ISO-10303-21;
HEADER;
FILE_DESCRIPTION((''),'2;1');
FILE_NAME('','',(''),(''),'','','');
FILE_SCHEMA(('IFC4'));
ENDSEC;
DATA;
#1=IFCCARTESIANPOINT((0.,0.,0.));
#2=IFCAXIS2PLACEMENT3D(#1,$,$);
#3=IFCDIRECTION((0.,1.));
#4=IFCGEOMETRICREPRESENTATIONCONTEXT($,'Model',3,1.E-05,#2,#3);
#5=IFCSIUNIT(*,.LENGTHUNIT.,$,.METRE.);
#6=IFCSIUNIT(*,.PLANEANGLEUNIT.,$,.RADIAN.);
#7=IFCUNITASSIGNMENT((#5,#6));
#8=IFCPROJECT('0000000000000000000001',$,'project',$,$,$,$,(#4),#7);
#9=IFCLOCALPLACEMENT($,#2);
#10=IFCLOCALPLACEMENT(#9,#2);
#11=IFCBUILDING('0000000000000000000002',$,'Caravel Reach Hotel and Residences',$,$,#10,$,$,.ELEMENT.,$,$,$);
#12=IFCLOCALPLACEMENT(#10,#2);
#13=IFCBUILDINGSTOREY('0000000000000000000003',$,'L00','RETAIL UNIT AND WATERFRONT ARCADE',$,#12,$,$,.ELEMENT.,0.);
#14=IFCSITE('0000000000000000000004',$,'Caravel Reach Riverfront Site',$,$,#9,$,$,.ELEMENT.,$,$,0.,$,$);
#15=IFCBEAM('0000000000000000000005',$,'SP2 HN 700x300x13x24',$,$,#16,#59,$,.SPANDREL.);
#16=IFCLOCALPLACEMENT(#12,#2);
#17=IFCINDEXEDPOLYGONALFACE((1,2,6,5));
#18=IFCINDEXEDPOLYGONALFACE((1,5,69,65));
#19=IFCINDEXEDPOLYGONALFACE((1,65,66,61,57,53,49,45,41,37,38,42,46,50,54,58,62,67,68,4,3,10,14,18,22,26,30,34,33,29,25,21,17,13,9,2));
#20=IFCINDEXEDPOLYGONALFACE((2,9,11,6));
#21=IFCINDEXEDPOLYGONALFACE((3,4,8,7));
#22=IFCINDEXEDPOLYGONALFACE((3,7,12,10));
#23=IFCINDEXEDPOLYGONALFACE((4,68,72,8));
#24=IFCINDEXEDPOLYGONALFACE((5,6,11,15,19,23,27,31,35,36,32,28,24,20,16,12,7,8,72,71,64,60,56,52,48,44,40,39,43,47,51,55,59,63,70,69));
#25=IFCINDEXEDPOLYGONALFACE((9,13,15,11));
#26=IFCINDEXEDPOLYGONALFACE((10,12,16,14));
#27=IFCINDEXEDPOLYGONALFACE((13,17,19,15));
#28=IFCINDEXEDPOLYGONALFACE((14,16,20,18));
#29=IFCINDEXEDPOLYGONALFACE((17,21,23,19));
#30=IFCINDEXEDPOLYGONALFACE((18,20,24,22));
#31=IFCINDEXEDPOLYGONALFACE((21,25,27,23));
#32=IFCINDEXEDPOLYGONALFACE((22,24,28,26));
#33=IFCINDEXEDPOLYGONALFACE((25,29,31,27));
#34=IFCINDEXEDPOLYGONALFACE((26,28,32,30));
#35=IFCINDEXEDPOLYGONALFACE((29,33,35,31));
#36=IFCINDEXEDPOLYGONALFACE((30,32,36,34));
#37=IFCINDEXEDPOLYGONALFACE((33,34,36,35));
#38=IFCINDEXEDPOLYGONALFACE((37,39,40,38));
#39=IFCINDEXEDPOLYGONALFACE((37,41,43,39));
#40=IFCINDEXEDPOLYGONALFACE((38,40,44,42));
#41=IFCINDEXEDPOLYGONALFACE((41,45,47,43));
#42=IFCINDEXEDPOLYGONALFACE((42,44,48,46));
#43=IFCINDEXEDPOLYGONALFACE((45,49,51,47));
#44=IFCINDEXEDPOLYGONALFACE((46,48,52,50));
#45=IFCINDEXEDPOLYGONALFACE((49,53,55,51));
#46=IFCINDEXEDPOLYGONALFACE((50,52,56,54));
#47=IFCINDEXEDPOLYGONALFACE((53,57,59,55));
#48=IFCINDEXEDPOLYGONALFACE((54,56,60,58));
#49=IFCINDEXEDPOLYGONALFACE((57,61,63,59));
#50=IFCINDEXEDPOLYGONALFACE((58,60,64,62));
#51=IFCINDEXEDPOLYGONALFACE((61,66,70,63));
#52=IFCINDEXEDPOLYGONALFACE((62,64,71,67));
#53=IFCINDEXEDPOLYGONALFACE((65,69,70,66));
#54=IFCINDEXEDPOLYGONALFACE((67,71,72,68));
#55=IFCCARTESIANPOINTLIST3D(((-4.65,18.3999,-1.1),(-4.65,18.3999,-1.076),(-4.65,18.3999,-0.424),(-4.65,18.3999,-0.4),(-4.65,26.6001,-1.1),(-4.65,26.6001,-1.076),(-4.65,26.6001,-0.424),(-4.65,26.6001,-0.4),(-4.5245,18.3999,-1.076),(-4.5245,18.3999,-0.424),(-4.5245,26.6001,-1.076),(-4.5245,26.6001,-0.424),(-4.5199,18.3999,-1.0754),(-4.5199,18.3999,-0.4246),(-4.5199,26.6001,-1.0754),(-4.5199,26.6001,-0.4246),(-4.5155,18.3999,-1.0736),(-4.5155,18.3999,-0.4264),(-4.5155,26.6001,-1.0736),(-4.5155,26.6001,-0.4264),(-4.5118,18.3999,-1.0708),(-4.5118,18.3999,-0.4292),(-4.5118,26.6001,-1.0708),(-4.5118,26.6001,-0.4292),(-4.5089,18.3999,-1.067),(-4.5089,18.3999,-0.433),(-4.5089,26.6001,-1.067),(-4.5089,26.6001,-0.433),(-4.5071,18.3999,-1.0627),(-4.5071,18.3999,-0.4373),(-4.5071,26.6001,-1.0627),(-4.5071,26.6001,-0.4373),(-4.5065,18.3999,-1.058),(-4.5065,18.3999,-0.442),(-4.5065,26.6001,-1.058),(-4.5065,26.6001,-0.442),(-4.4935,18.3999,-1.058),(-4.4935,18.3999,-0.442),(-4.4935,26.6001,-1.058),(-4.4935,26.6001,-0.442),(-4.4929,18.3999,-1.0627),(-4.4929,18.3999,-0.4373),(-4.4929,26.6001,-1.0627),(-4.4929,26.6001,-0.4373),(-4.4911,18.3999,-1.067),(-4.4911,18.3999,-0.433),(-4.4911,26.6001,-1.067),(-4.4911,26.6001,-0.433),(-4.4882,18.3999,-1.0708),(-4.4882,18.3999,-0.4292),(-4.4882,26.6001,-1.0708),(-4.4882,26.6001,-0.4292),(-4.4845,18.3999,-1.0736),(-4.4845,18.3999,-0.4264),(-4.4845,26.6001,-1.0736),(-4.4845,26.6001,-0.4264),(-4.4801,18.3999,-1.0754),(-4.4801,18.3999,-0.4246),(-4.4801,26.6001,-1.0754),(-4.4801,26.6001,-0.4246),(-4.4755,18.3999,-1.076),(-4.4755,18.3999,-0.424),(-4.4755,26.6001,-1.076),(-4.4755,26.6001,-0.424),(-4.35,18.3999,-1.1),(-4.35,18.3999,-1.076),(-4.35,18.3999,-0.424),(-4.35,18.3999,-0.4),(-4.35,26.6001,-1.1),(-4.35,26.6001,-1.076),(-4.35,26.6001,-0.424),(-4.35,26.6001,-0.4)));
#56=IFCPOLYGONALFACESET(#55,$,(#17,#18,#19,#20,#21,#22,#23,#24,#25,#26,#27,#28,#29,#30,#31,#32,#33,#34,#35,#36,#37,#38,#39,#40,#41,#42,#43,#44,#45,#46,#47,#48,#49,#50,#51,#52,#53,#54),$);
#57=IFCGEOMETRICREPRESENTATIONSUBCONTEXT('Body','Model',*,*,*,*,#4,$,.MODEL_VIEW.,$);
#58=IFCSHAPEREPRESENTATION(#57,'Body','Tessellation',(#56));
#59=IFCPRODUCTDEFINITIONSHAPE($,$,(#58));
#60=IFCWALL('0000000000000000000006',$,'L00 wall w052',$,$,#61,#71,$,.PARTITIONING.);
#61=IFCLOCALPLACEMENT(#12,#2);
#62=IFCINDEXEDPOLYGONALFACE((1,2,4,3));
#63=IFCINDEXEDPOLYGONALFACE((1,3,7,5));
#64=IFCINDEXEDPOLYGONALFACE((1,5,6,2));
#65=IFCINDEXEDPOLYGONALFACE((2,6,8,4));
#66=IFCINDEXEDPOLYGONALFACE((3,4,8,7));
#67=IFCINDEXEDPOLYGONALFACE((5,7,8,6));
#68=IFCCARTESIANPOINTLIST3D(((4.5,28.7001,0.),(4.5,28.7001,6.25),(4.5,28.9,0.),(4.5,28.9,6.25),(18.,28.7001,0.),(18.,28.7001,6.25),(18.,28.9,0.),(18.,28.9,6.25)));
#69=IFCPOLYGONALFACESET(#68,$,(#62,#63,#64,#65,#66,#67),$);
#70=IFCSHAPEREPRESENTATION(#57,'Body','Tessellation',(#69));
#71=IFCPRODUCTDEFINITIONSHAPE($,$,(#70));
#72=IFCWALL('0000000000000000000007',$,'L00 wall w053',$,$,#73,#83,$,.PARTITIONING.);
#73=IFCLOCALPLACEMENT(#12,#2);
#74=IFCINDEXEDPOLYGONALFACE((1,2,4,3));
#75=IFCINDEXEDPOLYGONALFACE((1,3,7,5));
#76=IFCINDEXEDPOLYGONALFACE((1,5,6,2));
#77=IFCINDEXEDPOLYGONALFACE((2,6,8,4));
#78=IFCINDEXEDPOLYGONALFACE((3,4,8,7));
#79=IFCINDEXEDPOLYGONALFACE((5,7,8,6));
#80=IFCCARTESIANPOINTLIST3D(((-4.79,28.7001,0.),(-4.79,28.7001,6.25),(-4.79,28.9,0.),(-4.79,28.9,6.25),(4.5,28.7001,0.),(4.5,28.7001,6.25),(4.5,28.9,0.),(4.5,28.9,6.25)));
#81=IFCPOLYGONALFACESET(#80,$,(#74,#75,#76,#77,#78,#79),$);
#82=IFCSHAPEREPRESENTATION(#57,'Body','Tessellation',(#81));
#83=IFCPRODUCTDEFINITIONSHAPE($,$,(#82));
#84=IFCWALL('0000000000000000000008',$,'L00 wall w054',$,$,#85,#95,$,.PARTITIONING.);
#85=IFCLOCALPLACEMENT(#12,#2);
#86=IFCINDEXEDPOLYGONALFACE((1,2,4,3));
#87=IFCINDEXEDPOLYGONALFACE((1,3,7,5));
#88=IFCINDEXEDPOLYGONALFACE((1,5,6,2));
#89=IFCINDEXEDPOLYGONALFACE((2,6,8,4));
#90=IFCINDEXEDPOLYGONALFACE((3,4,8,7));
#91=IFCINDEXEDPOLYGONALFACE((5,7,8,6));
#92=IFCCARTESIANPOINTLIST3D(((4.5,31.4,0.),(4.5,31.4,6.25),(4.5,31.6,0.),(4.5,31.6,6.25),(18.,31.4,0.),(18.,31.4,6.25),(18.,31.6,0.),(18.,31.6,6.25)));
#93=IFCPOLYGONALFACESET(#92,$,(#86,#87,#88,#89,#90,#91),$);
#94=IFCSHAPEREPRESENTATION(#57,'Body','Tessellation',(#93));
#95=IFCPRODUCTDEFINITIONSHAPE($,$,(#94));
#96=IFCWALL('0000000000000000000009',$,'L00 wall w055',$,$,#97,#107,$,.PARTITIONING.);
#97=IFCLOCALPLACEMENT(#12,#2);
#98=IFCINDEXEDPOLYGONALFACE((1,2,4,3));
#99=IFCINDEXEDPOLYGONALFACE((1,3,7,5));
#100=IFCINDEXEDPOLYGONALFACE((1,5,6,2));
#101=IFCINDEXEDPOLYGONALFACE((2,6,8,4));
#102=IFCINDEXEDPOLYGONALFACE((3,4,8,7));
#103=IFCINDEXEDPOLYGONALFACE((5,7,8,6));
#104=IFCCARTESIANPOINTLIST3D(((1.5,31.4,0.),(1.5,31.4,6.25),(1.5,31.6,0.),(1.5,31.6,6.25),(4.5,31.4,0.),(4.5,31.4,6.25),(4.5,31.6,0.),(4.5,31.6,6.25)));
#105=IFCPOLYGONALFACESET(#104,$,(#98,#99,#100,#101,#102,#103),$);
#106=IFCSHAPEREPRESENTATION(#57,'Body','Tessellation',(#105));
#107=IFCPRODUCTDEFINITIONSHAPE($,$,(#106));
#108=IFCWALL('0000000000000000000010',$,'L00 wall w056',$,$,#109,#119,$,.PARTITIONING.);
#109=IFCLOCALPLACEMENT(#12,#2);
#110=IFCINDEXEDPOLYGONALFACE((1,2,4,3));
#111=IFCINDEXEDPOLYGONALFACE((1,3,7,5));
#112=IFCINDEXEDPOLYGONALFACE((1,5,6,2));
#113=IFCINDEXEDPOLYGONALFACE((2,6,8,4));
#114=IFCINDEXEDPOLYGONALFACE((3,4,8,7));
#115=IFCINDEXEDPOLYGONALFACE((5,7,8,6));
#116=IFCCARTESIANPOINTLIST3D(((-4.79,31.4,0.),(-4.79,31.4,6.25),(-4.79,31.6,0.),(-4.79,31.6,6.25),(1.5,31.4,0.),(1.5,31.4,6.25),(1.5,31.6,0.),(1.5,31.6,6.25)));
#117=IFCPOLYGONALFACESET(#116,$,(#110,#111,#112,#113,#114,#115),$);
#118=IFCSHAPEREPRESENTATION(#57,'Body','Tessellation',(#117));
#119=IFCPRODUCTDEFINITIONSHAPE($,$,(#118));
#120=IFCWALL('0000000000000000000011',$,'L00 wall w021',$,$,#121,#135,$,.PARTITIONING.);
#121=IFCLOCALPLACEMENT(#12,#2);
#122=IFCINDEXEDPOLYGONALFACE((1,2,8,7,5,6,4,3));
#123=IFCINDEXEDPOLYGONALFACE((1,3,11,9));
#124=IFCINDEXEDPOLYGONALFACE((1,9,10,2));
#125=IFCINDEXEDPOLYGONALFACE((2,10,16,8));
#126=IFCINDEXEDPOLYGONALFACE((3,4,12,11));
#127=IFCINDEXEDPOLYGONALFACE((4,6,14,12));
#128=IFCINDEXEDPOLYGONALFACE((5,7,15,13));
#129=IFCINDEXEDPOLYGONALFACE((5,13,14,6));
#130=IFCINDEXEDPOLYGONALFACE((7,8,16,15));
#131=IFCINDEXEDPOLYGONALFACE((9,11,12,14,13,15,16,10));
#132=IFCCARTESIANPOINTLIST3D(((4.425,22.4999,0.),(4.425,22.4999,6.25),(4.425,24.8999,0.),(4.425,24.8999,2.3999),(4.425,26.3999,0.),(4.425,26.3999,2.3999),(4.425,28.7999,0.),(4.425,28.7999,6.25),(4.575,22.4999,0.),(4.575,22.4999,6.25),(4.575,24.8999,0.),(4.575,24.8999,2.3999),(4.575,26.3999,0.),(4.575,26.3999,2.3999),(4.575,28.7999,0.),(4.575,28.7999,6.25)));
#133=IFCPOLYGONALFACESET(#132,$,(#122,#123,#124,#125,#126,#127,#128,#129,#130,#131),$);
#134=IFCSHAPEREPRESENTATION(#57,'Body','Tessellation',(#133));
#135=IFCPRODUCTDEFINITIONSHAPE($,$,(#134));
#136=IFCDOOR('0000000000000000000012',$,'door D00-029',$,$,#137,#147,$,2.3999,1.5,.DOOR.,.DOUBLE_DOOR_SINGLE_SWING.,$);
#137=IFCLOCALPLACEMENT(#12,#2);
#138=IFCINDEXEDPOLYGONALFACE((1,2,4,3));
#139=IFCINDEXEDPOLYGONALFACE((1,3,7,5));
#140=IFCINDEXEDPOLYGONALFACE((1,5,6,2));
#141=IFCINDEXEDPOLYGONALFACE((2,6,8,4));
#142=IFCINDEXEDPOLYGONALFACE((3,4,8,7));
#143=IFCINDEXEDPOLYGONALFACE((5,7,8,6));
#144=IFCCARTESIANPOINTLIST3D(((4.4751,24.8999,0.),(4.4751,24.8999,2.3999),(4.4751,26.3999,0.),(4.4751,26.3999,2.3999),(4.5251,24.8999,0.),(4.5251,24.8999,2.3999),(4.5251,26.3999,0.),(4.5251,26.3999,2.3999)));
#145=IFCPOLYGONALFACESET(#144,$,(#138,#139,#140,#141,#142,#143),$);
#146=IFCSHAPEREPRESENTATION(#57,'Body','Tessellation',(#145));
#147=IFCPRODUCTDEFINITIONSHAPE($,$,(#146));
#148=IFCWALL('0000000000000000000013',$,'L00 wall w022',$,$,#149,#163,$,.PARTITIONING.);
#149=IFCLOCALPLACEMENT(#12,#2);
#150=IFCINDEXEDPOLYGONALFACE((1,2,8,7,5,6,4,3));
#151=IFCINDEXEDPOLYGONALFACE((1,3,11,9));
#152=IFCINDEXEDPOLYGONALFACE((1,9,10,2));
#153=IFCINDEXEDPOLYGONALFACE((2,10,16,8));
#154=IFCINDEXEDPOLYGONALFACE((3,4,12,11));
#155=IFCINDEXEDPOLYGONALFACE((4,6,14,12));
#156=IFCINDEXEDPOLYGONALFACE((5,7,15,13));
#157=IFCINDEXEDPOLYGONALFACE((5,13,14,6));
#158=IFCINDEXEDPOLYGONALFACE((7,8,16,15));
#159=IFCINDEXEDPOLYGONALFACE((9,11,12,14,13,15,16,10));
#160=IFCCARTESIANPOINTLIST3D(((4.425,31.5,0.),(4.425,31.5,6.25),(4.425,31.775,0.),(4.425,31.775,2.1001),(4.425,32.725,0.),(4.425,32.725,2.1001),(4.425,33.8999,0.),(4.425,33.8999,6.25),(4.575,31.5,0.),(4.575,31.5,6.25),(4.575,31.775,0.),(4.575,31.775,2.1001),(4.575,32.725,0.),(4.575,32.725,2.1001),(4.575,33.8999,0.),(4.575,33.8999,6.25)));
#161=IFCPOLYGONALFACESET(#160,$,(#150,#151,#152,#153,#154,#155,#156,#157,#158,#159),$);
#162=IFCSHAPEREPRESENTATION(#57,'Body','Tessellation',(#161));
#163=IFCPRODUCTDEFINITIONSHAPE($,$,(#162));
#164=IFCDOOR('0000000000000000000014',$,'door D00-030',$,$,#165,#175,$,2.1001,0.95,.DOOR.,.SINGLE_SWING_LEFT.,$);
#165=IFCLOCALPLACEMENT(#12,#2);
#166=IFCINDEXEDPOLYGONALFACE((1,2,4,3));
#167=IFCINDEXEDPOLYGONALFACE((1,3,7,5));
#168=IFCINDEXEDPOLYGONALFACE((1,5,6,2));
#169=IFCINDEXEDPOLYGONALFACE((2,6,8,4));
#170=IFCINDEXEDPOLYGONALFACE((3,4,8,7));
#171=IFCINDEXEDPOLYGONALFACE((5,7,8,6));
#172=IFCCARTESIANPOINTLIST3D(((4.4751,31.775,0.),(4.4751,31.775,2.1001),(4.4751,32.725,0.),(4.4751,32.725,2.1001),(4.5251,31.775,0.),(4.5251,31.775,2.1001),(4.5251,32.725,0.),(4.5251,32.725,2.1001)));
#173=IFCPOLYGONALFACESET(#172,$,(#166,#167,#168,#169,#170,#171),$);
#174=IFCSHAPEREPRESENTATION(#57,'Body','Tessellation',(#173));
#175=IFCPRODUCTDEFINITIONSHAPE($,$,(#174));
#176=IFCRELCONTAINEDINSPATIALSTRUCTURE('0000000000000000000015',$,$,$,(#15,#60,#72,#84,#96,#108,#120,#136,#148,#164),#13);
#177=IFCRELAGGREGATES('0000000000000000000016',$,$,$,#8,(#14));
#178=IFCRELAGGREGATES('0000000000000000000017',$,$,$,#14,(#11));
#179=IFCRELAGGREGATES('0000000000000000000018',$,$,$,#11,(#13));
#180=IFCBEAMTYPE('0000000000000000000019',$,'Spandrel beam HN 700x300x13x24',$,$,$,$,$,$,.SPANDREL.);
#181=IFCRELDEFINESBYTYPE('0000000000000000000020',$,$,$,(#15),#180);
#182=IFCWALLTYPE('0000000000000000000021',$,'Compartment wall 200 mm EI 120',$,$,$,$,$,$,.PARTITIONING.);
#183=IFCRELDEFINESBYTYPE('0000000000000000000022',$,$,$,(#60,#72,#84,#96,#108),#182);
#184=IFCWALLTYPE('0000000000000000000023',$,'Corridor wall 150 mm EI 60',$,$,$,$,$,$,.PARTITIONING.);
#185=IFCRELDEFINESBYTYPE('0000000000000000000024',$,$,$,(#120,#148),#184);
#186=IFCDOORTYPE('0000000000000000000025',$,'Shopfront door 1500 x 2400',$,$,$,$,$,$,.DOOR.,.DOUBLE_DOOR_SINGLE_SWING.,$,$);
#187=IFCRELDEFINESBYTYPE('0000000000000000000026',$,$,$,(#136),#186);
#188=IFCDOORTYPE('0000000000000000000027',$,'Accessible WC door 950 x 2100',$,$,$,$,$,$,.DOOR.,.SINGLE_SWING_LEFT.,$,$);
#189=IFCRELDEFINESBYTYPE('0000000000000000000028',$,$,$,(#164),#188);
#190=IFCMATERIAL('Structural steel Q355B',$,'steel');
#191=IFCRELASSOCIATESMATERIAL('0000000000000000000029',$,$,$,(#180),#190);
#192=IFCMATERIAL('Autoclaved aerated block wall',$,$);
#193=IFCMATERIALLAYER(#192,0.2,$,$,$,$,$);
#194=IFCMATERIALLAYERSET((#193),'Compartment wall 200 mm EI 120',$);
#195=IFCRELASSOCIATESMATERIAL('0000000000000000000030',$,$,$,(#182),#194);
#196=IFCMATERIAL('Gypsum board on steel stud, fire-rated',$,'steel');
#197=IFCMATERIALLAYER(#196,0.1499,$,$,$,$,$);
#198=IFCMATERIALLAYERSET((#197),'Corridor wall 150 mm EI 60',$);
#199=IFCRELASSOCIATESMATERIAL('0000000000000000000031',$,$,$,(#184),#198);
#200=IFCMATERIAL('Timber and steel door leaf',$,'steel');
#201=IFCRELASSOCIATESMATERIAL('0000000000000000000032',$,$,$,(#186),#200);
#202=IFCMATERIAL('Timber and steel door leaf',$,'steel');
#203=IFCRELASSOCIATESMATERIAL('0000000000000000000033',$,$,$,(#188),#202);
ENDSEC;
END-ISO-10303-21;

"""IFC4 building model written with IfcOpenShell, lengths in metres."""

from ifc_helpers import new_model, si_unit, direction, frame, frame_2d, origin, origin_2d, place, context, subcontext, project, spatial, rectangle, i_section, extrude, material, layer, layer_set, material_profile, profile_set, type_object, element, fill, save


model = new_model("IFC4")

# Units and contexts
model_context = context("Model", 3, precision=1e-05, world=origin(), true_north=direction((0.0, 1.0)))
body_context = subcontext(model_context, "Body", "Model", "MODEL_VIEW")
ifc_project = project(units=[si_unit("LENGTHUNIT", "METRE"), si_unit("PLANEANGLEUNIT", "RADIAN")], contexts=[model_context])

# Site, building, storey
site_placement = place(None, origin())
site = spatial("IfcSite", under=ifc_project, at=site_placement, Name="Caravel Reach Riverfront Site", CompositionType="ELEMENT", RefElevation=0.0)
building_placement = place(site_placement, origin())
building = spatial("IfcBuilding", under=site, at=building_placement, Name="Caravel Reach Hotel and Residences", CompositionType="ELEMENT")
storey_placement = place(building_placement, origin())
storey = spatial("IfcBuildingStorey", under=building, at=storey_placement, Name="L00", Description="RETAIL UNIT AND WATERFRONT ARCADE", CompositionType="ELEMENT", Elevation=0.0)

# Beam
ifc_material_1 = material(Name="Structural steel Q355B", Category="steel")
ifc_material_profile_1 = material_profile(ifc_material_1, i_section(OverallWidth=0.3, OverallDepth=0.7, WebThickness=0.0129, FlangeThickness=0.0239, FilletRadius=0.0181, at=origin_2d()), Name="HN 700x300x13x24")
ifc_profile_set_1 = profile_set([ifc_material_profile_1], Name="Structural steel Q355B")
beam_type = type_object("IfcBeamType", Name="Spandrel beam HN 700x300x13x24", PredefinedType="SPANDREL", material=ifc_profile_set_1)
beam_placement = place(storey_placement, frame((-4.5, 26.6001, -0.75), z_axis=(0.0, -1.0, 0.0), x_axis=(1.0, 0.0, 0.0)))
element("IfcBeam", 1, at=beam_placement, inside=storey, type_object=beam_type, Name="SP2 HN 700x300x13x24", PredefinedType="SPANDREL", context=body_context, shape_type="SweptSolid", body=[
    extrude(i_section(OverallWidth=0.3, OverallDepth=0.7, WebThickness=0.0129, FlangeThickness=0.0239, FilletRadius=0.0181, at=origin_2d()), origin(), (0.0, 0.0, 1.0), 8.2002),
])

# Walls
ifc_material_2 = material(Name="Autoclaved aerated block wall")
ifc_layer_1 = layer(ifc_material_2, 0.2)
ifc_layer_set_1 = layer_set([ifc_layer_1], Name="Compartment wall 200 mm EI 120")
wall_type_1 = type_object("IfcWallType", Name="Compartment wall 200 mm EI 120", PredefinedType="PARTITIONING", material=ifc_layer_set_1)
wall_1_placement = place(storey_placement, frame((4.5, 28.8, 0.0), z_axis=(0.0, 0.0, 1.0), x_axis=(1.0, 0.0, 0.0)))
element("IfcWall", 2, at=wall_1_placement, inside=storey, type_object=wall_type_1, Name="L00 wall w052", PredefinedType="PARTITIONING", context=body_context, shape_type="SweptSolid", body=[
    extrude(rectangle(XDim=13.5, YDim=0.2, at=frame_2d((6.75, 0.0))), origin(), (0.0, 0.0, 1.0), 6.25),
])
wall_2_placement = place(storey_placement, frame((-4.79, 28.8, 0.0), z_axis=(0.0, 0.0, 1.0), x_axis=(1.0, 0.0, 0.0)))
element("IfcWall", 3, at=wall_2_placement, inside=storey, type_object=wall_type_1, Name="L00 wall w053", PredefinedType="PARTITIONING", context=body_context, shape_type="SweptSolid", body=[
    extrude(rectangle(XDim=9.29, YDim=0.2, at=frame_2d((4.645, 0.0))), origin(), (0.0, 0.0, 1.0), 6.25),
])
wall_3_placement = place(storey_placement, frame((4.5, 31.5, 0.0), z_axis=(0.0, 0.0, 1.0), x_axis=(1.0, 0.0, 0.0)))
element("IfcWall", 4, at=wall_3_placement, inside=storey, type_object=wall_type_1, Name="L00 wall w054", PredefinedType="PARTITIONING", context=body_context, shape_type="SweptSolid", body=[
    extrude(rectangle(XDim=13.5, YDim=0.2, at=frame_2d((6.75, 0.0))), origin(), (0.0, 0.0, 1.0), 6.25),
])
wall_4_placement = place(storey_placement, frame((1.5, 31.5, 0.0), z_axis=(0.0, 0.0, 1.0), x_axis=(1.0, 0.0, 0.0)))
element("IfcWall", 5, at=wall_4_placement, inside=storey, type_object=wall_type_1, Name="L00 wall w055", PredefinedType="PARTITIONING", context=body_context, shape_type="SweptSolid", body=[
    extrude(rectangle(XDim=3.0, YDim=0.2, at=frame_2d((1.5, 0.0))), origin(), (0.0, 0.0, 1.0), 6.25),
])
wall_5_placement = place(storey_placement, frame((-4.79, 31.5, 0.0), z_axis=(0.0, 0.0, 1.0), x_axis=(1.0, 0.0, 0.0)))
element("IfcWall", 6, at=wall_5_placement, inside=storey, type_object=wall_type_1, Name="L00 wall w056", PredefinedType="PARTITIONING", context=body_context, shape_type="SweptSolid", body=[
    extrude(rectangle(XDim=6.29, YDim=0.2, at=frame_2d((3.145, 0.0))), origin(), (0.0, 0.0, 1.0), 6.25),
])

# Walls, openings, doors
ifc_material_3 = material(Name="Gypsum board on steel stud, fire-rated", Category="steel")
ifc_layer_2 = layer(ifc_material_3, 0.1499)
ifc_layer_set_2 = layer_set([ifc_layer_2], Name="Corridor wall 150 mm EI 60")
wall_type_2 = type_object("IfcWallType", Name="Corridor wall 150 mm EI 60", PredefinedType="PARTITIONING", material=ifc_layer_set_2)
wall_6_placement = place(storey_placement, frame((4.5, 22.5, 0.0), z_axis=(0.0, 0.0, 1.0), x_axis=(0.0, 1.0, 0.0)))
wall_6 = element("IfcWall", 7, at=wall_6_placement, inside=storey, type_object=wall_type_2, Name="L00 wall w021", PredefinedType="PARTITIONING", context=body_context, shape_type="SweptSolid", body=[
    extrude(rectangle(XDim=6.3, YDim=0.1499, at=frame_2d((3.1499, 0.0))), origin(), (0.0, 0.0, 1.0), 6.25),
])
opening_1_placement = place(wall_6_placement, frame((2.3999, 0.0, 0.0)))
opening_1 = element("IfcOpeningElement", 8, at=opening_1_placement, cuts=wall_6, PredefinedType="OPENING", context=body_context, shape_type="SweptSolid", body=[
    extrude(rectangle(XDim=1.5, YDim=2.3999, at=frame_2d((0.75, 1.2))), frame((0.0, 0.085, 0.0), z_axis=(0.0, -1.0, 0.0), x_axis=(1.0, 0.0, 0.0)), (0.0, 0.0, 1.0), 0.1699),
])
ifc_material_4 = material(Name="Timber and steel door leaf", Category="steel")
door_type_1 = type_object("IfcDoorType", Name="Shopfront door 1500 x 2400", OperationType="DOUBLE_DOOR_SINGLE_SWING", PredefinedType="DOOR", material=ifc_material_4)
door_1_placement = place(opening_1_placement, origin())
door_1 = element("IfcDoor", 9, at=door_1_placement, inside=storey, type_object=door_type_1, Name="door D00-029", OperationType="DOUBLE_DOOR_SINGLE_SWING", OverallHeight=2.3999, OverallWidth=1.5, PredefinedType="DOOR", context=body_context, shape_type="SweptSolid", body=[
    extrude(rectangle(XDim=1.5, YDim=2.3999, at=frame_2d((0.75, 1.2))), frame((0.0, 0.0249, 0.0), z_axis=(0.0, -1.0, 0.0), x_axis=(1.0, 0.0, 0.0)), (0.0, 0.0, 1.0), 0.05),
])
fill(opening_1, door_1)
wall_7_placement = place(storey_placement, frame((4.5, 31.5, 0.0), z_axis=(0.0, 0.0, 1.0), x_axis=(0.0, 1.0, 0.0)))
wall_7 = element("IfcWall", 10, at=wall_7_placement, inside=storey, type_object=wall_type_2, Name="L00 wall w022", PredefinedType="PARTITIONING", context=body_context, shape_type="SweptSolid", body=[
    extrude(rectangle(XDim=2.3999, YDim=0.1499, at=frame_2d((1.2, 0.0))), origin(), (0.0, 0.0, 1.0), 6.25),
])
opening_2_placement = place(wall_7_placement, frame((0.2749, 0.0, 0.0)))
opening_2 = element("IfcOpeningElement", 11, at=opening_2_placement, cuts=wall_7, PredefinedType="OPENING", context=body_context, shape_type="SweptSolid", body=[
    extrude(rectangle(XDim=0.95, YDim=2.1001, at=frame_2d((0.4751, 1.05))), frame((0.0, 0.085, 0.0), z_axis=(0.0, -1.0, 0.0), x_axis=(1.0, 0.0, 0.0)), (0.0, 0.0, 1.0), 0.1699),
])
ifc_material_5 = material(Name="Timber and steel door leaf", Category="steel")
door_type_2 = type_object("IfcDoorType", Name="Accessible WC door 950 x 2100", OperationType="SINGLE_SWING_LEFT", PredefinedType="DOOR", material=ifc_material_5)
door_2_placement = place(opening_2_placement, origin())
door_2 = element("IfcDoor", 12, at=door_2_placement, inside=storey, type_object=door_type_2, Name="door D00-030", OperationType="SINGLE_SWING_LEFT", OverallHeight=2.1001, OverallWidth=0.95, PredefinedType="DOOR", context=body_context, shape_type="SweptSolid", body=[
    extrude(rectangle(XDim=0.95, YDim=2.1001, at=frame_2d((0.4751, 1.05))), frame((0.0, 0.0249, 0.0), z_axis=(0.0, -1.0, 0.0), x_axis=(1.0, 0.0, 0.0)), (0.0, 0.0, 1.0), 0.05),
])
fill(opening_2, door_2)

save(model, "model.ifc")
